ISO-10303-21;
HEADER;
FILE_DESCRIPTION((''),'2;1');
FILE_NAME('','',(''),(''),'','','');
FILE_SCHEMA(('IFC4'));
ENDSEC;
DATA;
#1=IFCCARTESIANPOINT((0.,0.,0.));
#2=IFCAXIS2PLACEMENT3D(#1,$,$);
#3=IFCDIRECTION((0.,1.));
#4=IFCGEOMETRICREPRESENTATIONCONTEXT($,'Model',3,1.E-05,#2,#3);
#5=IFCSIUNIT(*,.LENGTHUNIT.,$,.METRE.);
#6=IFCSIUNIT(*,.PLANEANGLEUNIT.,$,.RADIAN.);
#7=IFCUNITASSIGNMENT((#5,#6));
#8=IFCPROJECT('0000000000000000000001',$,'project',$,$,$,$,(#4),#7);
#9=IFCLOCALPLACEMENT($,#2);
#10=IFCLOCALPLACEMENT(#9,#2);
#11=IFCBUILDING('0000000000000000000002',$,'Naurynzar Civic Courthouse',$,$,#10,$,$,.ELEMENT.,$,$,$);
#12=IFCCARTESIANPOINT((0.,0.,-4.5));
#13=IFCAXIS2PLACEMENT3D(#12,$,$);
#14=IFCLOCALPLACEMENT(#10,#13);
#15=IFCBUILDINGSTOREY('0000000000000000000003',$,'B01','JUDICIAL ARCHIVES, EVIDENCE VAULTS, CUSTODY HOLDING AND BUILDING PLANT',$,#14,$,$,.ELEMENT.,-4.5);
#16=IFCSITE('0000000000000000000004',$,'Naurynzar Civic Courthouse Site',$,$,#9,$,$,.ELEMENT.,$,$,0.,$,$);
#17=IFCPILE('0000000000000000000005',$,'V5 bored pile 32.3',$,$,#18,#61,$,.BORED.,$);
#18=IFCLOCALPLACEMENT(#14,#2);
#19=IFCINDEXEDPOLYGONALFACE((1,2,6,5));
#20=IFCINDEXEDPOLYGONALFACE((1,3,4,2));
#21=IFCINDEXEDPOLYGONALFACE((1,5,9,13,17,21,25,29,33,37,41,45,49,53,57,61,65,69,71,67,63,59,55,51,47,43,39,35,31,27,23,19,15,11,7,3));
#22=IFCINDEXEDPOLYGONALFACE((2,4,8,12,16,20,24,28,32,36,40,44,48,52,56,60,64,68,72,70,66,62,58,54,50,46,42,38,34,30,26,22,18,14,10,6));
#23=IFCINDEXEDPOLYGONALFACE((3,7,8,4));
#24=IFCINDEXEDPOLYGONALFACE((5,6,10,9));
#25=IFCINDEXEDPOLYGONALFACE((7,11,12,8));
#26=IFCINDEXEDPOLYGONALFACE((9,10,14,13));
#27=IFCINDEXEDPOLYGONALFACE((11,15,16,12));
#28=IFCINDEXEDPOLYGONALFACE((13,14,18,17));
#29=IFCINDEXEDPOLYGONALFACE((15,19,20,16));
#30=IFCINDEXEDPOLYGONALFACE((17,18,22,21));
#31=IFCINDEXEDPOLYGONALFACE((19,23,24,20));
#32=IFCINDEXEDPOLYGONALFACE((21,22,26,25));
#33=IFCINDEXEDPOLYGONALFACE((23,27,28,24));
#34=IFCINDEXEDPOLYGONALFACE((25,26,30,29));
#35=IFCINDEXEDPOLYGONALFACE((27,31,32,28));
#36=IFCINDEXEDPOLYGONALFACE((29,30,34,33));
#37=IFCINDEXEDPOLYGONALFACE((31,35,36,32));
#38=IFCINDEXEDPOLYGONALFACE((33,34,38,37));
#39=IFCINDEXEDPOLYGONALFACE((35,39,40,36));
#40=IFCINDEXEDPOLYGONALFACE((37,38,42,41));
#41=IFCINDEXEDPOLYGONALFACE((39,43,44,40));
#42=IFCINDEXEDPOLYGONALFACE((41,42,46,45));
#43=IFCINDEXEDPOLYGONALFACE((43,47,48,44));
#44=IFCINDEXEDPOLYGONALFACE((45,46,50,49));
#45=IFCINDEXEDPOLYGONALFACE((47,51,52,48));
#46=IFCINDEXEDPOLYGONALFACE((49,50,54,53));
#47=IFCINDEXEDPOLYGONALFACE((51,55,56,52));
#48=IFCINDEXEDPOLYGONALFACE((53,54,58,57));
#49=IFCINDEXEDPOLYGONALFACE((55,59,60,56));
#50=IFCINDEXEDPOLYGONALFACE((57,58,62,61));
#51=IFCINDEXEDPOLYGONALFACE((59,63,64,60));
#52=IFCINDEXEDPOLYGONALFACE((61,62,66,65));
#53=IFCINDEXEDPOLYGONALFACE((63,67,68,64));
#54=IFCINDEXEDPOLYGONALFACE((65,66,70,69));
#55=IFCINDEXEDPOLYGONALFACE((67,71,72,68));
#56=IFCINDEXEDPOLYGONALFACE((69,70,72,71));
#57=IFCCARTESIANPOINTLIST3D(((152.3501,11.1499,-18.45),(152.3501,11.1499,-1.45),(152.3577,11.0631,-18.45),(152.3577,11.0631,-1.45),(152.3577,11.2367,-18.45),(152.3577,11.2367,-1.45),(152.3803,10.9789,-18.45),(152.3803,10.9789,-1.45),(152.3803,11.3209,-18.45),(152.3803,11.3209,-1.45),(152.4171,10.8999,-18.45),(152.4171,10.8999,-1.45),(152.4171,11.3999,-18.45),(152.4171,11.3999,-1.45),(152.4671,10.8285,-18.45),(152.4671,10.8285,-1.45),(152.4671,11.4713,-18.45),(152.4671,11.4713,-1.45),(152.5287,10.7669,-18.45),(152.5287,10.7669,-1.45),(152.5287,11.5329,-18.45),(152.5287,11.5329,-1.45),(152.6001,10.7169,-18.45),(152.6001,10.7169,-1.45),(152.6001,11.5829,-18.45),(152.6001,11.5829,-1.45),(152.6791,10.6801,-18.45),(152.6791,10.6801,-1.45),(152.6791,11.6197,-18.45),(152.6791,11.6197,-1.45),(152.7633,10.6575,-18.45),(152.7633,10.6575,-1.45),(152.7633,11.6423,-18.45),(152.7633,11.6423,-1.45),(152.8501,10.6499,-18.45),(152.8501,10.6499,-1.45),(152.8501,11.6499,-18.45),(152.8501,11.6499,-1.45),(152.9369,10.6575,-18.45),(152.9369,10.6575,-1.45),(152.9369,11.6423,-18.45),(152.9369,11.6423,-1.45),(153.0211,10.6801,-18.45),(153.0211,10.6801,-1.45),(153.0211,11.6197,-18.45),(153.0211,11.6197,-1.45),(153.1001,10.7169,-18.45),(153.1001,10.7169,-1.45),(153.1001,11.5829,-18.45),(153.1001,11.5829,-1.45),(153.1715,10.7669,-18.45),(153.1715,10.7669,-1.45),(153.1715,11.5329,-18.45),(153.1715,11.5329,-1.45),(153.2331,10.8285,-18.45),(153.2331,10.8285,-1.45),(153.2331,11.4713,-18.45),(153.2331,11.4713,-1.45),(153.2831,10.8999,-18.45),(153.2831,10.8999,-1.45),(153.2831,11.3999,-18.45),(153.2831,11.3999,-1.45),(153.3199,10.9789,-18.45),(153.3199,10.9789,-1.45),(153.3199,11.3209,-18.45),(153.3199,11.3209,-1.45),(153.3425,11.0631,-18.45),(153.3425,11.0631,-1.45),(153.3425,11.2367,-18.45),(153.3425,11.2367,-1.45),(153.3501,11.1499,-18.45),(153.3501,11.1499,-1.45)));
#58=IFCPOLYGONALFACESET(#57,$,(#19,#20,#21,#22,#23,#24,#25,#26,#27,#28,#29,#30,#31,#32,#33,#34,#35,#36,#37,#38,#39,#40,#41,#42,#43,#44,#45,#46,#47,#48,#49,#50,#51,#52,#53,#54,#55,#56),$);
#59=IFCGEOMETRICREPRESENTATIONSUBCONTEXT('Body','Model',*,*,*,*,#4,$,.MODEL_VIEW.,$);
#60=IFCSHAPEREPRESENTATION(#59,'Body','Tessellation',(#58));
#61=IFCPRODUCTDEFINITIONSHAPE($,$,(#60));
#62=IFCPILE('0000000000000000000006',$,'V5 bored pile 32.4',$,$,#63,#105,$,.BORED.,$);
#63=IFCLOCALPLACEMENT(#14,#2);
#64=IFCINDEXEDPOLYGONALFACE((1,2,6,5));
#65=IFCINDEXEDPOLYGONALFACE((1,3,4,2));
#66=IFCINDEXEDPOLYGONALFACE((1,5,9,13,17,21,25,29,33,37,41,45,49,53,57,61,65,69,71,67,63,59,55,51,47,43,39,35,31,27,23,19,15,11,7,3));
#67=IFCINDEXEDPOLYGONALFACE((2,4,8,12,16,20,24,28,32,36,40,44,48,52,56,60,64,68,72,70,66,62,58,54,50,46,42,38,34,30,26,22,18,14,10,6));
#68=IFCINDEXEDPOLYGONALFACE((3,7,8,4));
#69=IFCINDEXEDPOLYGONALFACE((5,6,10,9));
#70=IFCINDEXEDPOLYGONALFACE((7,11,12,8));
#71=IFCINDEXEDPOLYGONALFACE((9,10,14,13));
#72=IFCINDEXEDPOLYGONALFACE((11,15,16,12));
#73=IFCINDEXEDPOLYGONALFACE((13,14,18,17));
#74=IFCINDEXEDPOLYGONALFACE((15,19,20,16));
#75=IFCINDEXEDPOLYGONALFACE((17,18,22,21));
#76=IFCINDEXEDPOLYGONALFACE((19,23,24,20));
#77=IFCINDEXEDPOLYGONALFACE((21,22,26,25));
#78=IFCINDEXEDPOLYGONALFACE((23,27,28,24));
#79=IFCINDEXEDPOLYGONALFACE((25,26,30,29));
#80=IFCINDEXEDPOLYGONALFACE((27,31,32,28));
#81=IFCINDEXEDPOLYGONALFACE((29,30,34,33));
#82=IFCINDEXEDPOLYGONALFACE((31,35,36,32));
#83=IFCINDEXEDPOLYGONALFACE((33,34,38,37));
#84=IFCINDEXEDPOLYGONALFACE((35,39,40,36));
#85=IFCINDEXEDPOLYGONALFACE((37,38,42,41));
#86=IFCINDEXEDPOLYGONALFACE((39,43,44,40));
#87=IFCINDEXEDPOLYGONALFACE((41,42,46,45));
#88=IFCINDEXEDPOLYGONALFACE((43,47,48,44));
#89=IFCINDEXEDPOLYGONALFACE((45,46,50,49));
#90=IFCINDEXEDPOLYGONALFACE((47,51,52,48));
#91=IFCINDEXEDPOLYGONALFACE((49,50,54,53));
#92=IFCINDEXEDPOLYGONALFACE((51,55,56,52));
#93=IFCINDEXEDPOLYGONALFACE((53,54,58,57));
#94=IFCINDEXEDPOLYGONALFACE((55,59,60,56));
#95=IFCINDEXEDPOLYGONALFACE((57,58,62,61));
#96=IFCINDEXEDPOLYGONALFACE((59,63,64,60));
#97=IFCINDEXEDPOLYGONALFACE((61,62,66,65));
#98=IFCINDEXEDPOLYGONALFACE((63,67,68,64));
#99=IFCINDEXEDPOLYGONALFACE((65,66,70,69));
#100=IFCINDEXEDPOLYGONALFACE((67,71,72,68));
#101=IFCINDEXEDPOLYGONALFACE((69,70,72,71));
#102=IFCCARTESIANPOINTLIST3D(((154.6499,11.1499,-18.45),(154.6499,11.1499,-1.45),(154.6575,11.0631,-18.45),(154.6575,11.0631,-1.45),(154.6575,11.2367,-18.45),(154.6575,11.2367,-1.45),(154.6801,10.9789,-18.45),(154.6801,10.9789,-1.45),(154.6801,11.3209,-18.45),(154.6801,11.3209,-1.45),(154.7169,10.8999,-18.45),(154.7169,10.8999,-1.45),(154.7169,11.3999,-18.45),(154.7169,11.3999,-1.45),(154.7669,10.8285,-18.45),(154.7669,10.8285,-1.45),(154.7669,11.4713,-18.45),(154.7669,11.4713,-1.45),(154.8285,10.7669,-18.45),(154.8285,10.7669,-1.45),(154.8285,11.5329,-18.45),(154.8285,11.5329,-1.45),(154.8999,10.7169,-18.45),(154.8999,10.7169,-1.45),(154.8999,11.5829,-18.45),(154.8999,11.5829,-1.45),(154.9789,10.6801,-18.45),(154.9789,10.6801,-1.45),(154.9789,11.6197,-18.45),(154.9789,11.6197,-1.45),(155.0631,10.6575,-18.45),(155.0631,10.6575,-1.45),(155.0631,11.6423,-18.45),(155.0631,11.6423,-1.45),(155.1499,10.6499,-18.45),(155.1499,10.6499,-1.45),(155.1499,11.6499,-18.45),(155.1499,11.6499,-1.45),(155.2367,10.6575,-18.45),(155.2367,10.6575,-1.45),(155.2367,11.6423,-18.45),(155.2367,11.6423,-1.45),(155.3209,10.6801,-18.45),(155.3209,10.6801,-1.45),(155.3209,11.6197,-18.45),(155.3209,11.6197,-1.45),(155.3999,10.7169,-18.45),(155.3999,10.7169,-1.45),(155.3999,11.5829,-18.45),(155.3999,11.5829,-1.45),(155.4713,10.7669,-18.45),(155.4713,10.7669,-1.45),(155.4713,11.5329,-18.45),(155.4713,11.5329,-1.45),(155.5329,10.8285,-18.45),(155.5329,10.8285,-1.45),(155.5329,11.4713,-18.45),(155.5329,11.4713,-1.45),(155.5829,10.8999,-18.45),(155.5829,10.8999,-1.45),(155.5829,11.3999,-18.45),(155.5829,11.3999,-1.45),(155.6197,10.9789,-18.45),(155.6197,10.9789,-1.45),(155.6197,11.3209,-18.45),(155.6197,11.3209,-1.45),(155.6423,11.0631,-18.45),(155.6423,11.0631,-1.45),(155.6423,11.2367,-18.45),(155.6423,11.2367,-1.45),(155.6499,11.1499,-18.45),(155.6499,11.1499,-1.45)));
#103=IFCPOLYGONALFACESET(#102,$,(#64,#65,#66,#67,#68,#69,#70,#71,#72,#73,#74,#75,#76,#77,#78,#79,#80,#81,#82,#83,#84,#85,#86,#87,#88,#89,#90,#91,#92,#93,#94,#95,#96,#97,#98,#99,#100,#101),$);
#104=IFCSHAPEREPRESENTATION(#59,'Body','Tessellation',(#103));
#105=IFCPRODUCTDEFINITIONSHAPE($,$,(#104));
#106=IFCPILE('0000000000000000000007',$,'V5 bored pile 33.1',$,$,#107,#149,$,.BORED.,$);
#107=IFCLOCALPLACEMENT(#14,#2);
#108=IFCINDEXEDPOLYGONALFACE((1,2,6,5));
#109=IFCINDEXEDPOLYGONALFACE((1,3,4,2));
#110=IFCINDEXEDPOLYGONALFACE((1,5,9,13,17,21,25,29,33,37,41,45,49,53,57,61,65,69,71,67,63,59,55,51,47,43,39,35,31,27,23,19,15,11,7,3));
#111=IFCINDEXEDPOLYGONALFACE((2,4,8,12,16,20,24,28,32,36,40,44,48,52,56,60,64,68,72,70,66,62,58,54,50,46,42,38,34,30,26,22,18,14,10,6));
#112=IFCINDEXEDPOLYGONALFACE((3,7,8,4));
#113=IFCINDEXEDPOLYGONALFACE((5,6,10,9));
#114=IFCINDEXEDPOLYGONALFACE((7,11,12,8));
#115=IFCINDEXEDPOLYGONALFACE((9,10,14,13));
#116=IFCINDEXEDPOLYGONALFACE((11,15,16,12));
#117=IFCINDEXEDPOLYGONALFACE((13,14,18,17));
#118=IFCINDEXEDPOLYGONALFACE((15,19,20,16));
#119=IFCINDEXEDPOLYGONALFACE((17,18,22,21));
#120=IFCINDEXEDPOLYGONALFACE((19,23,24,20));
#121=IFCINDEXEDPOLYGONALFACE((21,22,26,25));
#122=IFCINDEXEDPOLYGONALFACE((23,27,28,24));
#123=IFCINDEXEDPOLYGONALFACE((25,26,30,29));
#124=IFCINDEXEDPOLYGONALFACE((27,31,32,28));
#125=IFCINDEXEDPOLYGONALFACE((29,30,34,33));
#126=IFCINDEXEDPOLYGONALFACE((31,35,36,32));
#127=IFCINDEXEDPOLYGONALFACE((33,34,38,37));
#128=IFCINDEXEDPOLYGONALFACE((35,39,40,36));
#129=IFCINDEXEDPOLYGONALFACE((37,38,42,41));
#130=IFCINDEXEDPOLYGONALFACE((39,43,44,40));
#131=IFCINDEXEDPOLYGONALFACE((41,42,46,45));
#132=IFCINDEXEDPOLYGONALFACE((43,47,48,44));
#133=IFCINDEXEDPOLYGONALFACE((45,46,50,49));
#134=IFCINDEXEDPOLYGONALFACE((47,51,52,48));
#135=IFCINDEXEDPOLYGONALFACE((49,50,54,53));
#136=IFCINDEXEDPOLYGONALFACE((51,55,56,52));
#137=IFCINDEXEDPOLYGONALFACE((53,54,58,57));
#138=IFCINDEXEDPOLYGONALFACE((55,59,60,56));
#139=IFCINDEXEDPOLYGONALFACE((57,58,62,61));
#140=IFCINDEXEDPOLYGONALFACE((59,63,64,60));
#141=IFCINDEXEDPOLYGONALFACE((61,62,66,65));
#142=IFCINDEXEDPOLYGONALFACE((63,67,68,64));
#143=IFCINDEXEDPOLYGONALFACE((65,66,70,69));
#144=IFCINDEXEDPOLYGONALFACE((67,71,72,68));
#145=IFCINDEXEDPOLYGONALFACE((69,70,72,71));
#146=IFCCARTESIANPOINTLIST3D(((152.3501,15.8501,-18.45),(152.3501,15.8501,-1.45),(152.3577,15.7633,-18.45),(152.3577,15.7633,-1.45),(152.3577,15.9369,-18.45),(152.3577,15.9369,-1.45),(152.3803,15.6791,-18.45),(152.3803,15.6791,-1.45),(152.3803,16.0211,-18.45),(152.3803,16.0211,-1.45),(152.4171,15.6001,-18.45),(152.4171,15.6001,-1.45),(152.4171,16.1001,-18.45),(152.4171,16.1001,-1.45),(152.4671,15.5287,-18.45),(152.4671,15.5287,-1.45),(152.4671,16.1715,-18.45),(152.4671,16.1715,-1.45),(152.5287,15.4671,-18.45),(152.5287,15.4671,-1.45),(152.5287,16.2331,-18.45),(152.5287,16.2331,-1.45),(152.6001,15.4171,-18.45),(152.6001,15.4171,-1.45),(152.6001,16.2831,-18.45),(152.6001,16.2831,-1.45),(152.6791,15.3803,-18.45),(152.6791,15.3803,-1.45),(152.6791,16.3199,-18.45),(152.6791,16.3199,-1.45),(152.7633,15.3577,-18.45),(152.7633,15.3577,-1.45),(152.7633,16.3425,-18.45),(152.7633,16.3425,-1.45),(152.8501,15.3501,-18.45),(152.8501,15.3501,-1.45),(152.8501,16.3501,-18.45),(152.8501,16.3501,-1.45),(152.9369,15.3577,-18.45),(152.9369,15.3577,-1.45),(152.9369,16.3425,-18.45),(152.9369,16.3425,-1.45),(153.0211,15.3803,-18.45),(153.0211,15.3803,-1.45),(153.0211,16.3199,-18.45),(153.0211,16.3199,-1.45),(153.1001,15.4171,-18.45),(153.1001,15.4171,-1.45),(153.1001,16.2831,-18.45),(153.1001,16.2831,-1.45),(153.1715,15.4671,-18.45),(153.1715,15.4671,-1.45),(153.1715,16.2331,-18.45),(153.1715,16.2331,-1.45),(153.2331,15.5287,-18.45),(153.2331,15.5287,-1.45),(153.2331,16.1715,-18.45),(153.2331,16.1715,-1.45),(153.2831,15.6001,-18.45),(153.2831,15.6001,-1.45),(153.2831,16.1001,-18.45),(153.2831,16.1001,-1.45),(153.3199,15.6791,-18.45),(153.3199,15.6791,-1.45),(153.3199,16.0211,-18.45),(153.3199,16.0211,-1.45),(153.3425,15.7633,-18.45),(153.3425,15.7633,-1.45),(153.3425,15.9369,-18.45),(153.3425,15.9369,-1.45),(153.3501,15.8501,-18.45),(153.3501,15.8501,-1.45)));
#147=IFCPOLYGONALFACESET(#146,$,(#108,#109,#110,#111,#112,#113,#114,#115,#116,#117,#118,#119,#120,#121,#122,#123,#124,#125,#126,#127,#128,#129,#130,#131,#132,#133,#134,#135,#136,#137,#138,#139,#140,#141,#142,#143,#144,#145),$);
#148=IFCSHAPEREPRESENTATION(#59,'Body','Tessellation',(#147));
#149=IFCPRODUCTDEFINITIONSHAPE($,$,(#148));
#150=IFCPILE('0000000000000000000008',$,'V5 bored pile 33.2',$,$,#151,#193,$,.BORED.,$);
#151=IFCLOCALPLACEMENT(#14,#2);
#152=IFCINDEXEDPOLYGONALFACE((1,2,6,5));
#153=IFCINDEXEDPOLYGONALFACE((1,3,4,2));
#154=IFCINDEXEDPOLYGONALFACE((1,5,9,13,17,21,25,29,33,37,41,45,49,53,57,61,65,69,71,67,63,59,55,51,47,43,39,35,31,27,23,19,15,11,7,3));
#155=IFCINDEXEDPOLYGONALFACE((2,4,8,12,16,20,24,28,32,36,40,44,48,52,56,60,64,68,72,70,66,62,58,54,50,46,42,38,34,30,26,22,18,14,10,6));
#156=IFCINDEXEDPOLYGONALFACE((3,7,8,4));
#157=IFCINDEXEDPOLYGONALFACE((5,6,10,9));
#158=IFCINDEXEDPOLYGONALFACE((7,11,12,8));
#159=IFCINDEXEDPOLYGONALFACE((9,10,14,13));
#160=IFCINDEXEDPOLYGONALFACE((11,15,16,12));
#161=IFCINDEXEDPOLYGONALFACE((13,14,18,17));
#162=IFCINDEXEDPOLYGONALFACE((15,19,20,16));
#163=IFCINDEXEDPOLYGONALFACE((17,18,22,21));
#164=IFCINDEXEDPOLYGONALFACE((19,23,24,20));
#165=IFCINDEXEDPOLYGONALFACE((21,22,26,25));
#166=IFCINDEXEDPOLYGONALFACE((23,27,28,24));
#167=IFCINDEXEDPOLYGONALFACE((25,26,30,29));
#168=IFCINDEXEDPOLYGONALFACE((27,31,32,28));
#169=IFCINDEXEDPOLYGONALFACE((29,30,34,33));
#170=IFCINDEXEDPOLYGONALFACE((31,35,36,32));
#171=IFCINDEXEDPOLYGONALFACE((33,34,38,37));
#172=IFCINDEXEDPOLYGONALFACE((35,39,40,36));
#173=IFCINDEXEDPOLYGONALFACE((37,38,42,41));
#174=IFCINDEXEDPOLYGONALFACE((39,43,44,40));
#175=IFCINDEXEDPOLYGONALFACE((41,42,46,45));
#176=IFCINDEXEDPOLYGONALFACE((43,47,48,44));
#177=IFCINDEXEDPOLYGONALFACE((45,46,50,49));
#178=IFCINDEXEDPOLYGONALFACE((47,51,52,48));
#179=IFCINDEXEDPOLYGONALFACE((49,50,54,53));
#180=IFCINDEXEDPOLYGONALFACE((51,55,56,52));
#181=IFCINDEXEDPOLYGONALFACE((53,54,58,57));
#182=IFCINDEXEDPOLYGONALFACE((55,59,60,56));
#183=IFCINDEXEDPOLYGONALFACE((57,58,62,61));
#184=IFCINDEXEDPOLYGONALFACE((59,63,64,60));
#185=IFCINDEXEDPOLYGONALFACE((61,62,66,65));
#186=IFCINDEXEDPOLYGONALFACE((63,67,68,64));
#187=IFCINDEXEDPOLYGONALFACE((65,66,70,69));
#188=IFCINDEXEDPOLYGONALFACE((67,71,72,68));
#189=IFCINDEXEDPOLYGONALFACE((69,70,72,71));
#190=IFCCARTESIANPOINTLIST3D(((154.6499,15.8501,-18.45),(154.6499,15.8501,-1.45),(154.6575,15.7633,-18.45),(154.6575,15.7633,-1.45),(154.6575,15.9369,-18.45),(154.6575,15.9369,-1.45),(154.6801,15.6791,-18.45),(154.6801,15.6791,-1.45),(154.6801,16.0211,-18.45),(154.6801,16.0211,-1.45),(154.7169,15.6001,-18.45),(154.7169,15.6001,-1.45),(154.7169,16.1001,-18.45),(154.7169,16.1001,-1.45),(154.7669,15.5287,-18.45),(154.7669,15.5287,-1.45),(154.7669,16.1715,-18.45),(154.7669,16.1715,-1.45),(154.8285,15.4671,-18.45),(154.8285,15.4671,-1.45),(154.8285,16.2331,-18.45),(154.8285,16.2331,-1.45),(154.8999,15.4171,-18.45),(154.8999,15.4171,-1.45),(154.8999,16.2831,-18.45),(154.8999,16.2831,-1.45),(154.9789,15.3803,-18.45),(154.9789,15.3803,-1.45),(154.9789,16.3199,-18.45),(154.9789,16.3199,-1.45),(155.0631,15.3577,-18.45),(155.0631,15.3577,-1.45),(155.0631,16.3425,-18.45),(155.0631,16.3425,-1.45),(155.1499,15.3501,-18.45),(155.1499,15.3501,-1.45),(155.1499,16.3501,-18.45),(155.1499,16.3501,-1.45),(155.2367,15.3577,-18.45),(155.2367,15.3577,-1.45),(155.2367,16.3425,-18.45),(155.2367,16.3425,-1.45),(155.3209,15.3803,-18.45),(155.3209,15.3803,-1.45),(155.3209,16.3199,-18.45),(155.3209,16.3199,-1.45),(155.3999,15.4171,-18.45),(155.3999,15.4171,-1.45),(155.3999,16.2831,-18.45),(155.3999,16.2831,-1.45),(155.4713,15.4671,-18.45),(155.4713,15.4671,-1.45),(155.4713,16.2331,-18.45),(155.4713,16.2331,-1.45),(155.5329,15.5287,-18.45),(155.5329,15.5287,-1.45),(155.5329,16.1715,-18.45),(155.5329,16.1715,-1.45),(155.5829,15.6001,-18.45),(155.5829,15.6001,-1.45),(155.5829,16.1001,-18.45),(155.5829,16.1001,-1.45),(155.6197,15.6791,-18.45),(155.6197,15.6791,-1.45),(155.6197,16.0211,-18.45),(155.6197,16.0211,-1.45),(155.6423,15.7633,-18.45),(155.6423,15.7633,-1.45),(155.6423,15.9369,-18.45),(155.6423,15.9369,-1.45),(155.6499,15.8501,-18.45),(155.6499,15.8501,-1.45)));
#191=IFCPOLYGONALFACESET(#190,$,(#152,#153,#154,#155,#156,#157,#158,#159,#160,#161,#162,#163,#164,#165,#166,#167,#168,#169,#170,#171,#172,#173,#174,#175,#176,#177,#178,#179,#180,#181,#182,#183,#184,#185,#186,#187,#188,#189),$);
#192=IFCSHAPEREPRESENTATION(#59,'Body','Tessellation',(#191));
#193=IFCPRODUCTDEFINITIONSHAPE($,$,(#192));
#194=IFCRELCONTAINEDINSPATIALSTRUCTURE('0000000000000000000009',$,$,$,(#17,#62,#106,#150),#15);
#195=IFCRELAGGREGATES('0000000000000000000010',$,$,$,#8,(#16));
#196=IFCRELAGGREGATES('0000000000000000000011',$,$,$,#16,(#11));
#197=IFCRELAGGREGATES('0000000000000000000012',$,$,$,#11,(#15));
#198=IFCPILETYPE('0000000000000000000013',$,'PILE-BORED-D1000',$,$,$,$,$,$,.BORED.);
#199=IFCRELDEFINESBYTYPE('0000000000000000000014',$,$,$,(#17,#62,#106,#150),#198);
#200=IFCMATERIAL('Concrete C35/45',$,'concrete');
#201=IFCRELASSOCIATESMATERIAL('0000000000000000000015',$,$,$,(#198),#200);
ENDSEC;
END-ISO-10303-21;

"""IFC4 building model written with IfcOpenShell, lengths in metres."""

from ifc_helpers import new_model, si_unit, direction, frame, origin, origin_2d, place, context, subcontext, project, spatial, circle, extrude, material, material_profile, profile_set, type_object, element, save


model = new_model("IFC4")

# Units and contexts
model_context = context("Model", 3, precision=1e-05, world=origin(), true_north=direction((0.0, 1.0)))
body_context = subcontext(model_context, "Body", "Model", "MODEL_VIEW")
ifc_project = project(units=[si_unit("LENGTHUNIT", "METRE"), si_unit("PLANEANGLEUNIT", "RADIAN")], contexts=[model_context])

# Site, building, storey
site_placement = place(None, origin())
site = spatial("IfcSite", under=ifc_project, at=site_placement, Name="Naurynzar Civic Courthouse Site", CompositionType="ELEMENT", RefElevation=0.0)
building_placement = place(site_placement, origin())
building = spatial("IfcBuilding", under=site, at=building_placement, Name="Naurynzar Civic Courthouse", CompositionType="ELEMENT")
storey_placement = place(building_placement, frame((0.0, 0.0, -4.5)))
storey = spatial("IfcBuildingStorey", under=building, at=storey_placement, Name="B01", Description="JUDICIAL ARCHIVES, EVIDENCE VAULTS, CUSTODY HOLDING AND BUILDING PLANT", CompositionType="ELEMENT", Elevation=-4.5)

# Piles
ifc_material_1 = material(Name="Concrete C35/45", Category="concrete")
ifc_material_profile_1 = material_profile(ifc_material_1, circle(Radius=0.5, at=origin_2d()), Name="PILE D1000")
ifc_profile_set_1 = profile_set([ifc_material_profile_1], Name="Concrete C35/45")
pile_type_1 = type_object("IfcPileType", Name="PILE-BORED-D1000", PredefinedType="BORED", material=ifc_profile_set_1)
for number, where, z_axis, x_axis, name in (
    (1, (152.8501, 11.1499, -1.45), (0.0, 0.0, -1.0), (1.0, 0.0, 0.0), "V5 bored pile 32.3"),
    (2, (155.1499, 11.1499, -1.45), (0.0, 0.0, -1.0), (1.0, 0.0, 0.0), "V5 bored pile 32.4"),
    (3, (152.8501, 15.8501, -1.45), (0.0, 0.0, -1.0), (1.0, 0.0, 0.0), "V5 bored pile 33.1"),
    (4, (155.1499, 15.8501, -1.45), (0.0, 0.0, -1.0), (1.0, 0.0, 0.0), "V5 bored pile 33.2"),
):
    element("IfcPile", number, at=place(storey_placement, frame(where, z_axis=z_axis, x_axis=x_axis)), inside=storey, type_object=pile_type_1, Name=name, PredefinedType="BORED", context=body_context, shape_type="SweptSolid", body=[
        extrude(circle(Radius=0.5, at=origin_2d()), origin(), (0.0, 0.0, 1.0), 17.0),
    ])

save(model, "model.ifc")
